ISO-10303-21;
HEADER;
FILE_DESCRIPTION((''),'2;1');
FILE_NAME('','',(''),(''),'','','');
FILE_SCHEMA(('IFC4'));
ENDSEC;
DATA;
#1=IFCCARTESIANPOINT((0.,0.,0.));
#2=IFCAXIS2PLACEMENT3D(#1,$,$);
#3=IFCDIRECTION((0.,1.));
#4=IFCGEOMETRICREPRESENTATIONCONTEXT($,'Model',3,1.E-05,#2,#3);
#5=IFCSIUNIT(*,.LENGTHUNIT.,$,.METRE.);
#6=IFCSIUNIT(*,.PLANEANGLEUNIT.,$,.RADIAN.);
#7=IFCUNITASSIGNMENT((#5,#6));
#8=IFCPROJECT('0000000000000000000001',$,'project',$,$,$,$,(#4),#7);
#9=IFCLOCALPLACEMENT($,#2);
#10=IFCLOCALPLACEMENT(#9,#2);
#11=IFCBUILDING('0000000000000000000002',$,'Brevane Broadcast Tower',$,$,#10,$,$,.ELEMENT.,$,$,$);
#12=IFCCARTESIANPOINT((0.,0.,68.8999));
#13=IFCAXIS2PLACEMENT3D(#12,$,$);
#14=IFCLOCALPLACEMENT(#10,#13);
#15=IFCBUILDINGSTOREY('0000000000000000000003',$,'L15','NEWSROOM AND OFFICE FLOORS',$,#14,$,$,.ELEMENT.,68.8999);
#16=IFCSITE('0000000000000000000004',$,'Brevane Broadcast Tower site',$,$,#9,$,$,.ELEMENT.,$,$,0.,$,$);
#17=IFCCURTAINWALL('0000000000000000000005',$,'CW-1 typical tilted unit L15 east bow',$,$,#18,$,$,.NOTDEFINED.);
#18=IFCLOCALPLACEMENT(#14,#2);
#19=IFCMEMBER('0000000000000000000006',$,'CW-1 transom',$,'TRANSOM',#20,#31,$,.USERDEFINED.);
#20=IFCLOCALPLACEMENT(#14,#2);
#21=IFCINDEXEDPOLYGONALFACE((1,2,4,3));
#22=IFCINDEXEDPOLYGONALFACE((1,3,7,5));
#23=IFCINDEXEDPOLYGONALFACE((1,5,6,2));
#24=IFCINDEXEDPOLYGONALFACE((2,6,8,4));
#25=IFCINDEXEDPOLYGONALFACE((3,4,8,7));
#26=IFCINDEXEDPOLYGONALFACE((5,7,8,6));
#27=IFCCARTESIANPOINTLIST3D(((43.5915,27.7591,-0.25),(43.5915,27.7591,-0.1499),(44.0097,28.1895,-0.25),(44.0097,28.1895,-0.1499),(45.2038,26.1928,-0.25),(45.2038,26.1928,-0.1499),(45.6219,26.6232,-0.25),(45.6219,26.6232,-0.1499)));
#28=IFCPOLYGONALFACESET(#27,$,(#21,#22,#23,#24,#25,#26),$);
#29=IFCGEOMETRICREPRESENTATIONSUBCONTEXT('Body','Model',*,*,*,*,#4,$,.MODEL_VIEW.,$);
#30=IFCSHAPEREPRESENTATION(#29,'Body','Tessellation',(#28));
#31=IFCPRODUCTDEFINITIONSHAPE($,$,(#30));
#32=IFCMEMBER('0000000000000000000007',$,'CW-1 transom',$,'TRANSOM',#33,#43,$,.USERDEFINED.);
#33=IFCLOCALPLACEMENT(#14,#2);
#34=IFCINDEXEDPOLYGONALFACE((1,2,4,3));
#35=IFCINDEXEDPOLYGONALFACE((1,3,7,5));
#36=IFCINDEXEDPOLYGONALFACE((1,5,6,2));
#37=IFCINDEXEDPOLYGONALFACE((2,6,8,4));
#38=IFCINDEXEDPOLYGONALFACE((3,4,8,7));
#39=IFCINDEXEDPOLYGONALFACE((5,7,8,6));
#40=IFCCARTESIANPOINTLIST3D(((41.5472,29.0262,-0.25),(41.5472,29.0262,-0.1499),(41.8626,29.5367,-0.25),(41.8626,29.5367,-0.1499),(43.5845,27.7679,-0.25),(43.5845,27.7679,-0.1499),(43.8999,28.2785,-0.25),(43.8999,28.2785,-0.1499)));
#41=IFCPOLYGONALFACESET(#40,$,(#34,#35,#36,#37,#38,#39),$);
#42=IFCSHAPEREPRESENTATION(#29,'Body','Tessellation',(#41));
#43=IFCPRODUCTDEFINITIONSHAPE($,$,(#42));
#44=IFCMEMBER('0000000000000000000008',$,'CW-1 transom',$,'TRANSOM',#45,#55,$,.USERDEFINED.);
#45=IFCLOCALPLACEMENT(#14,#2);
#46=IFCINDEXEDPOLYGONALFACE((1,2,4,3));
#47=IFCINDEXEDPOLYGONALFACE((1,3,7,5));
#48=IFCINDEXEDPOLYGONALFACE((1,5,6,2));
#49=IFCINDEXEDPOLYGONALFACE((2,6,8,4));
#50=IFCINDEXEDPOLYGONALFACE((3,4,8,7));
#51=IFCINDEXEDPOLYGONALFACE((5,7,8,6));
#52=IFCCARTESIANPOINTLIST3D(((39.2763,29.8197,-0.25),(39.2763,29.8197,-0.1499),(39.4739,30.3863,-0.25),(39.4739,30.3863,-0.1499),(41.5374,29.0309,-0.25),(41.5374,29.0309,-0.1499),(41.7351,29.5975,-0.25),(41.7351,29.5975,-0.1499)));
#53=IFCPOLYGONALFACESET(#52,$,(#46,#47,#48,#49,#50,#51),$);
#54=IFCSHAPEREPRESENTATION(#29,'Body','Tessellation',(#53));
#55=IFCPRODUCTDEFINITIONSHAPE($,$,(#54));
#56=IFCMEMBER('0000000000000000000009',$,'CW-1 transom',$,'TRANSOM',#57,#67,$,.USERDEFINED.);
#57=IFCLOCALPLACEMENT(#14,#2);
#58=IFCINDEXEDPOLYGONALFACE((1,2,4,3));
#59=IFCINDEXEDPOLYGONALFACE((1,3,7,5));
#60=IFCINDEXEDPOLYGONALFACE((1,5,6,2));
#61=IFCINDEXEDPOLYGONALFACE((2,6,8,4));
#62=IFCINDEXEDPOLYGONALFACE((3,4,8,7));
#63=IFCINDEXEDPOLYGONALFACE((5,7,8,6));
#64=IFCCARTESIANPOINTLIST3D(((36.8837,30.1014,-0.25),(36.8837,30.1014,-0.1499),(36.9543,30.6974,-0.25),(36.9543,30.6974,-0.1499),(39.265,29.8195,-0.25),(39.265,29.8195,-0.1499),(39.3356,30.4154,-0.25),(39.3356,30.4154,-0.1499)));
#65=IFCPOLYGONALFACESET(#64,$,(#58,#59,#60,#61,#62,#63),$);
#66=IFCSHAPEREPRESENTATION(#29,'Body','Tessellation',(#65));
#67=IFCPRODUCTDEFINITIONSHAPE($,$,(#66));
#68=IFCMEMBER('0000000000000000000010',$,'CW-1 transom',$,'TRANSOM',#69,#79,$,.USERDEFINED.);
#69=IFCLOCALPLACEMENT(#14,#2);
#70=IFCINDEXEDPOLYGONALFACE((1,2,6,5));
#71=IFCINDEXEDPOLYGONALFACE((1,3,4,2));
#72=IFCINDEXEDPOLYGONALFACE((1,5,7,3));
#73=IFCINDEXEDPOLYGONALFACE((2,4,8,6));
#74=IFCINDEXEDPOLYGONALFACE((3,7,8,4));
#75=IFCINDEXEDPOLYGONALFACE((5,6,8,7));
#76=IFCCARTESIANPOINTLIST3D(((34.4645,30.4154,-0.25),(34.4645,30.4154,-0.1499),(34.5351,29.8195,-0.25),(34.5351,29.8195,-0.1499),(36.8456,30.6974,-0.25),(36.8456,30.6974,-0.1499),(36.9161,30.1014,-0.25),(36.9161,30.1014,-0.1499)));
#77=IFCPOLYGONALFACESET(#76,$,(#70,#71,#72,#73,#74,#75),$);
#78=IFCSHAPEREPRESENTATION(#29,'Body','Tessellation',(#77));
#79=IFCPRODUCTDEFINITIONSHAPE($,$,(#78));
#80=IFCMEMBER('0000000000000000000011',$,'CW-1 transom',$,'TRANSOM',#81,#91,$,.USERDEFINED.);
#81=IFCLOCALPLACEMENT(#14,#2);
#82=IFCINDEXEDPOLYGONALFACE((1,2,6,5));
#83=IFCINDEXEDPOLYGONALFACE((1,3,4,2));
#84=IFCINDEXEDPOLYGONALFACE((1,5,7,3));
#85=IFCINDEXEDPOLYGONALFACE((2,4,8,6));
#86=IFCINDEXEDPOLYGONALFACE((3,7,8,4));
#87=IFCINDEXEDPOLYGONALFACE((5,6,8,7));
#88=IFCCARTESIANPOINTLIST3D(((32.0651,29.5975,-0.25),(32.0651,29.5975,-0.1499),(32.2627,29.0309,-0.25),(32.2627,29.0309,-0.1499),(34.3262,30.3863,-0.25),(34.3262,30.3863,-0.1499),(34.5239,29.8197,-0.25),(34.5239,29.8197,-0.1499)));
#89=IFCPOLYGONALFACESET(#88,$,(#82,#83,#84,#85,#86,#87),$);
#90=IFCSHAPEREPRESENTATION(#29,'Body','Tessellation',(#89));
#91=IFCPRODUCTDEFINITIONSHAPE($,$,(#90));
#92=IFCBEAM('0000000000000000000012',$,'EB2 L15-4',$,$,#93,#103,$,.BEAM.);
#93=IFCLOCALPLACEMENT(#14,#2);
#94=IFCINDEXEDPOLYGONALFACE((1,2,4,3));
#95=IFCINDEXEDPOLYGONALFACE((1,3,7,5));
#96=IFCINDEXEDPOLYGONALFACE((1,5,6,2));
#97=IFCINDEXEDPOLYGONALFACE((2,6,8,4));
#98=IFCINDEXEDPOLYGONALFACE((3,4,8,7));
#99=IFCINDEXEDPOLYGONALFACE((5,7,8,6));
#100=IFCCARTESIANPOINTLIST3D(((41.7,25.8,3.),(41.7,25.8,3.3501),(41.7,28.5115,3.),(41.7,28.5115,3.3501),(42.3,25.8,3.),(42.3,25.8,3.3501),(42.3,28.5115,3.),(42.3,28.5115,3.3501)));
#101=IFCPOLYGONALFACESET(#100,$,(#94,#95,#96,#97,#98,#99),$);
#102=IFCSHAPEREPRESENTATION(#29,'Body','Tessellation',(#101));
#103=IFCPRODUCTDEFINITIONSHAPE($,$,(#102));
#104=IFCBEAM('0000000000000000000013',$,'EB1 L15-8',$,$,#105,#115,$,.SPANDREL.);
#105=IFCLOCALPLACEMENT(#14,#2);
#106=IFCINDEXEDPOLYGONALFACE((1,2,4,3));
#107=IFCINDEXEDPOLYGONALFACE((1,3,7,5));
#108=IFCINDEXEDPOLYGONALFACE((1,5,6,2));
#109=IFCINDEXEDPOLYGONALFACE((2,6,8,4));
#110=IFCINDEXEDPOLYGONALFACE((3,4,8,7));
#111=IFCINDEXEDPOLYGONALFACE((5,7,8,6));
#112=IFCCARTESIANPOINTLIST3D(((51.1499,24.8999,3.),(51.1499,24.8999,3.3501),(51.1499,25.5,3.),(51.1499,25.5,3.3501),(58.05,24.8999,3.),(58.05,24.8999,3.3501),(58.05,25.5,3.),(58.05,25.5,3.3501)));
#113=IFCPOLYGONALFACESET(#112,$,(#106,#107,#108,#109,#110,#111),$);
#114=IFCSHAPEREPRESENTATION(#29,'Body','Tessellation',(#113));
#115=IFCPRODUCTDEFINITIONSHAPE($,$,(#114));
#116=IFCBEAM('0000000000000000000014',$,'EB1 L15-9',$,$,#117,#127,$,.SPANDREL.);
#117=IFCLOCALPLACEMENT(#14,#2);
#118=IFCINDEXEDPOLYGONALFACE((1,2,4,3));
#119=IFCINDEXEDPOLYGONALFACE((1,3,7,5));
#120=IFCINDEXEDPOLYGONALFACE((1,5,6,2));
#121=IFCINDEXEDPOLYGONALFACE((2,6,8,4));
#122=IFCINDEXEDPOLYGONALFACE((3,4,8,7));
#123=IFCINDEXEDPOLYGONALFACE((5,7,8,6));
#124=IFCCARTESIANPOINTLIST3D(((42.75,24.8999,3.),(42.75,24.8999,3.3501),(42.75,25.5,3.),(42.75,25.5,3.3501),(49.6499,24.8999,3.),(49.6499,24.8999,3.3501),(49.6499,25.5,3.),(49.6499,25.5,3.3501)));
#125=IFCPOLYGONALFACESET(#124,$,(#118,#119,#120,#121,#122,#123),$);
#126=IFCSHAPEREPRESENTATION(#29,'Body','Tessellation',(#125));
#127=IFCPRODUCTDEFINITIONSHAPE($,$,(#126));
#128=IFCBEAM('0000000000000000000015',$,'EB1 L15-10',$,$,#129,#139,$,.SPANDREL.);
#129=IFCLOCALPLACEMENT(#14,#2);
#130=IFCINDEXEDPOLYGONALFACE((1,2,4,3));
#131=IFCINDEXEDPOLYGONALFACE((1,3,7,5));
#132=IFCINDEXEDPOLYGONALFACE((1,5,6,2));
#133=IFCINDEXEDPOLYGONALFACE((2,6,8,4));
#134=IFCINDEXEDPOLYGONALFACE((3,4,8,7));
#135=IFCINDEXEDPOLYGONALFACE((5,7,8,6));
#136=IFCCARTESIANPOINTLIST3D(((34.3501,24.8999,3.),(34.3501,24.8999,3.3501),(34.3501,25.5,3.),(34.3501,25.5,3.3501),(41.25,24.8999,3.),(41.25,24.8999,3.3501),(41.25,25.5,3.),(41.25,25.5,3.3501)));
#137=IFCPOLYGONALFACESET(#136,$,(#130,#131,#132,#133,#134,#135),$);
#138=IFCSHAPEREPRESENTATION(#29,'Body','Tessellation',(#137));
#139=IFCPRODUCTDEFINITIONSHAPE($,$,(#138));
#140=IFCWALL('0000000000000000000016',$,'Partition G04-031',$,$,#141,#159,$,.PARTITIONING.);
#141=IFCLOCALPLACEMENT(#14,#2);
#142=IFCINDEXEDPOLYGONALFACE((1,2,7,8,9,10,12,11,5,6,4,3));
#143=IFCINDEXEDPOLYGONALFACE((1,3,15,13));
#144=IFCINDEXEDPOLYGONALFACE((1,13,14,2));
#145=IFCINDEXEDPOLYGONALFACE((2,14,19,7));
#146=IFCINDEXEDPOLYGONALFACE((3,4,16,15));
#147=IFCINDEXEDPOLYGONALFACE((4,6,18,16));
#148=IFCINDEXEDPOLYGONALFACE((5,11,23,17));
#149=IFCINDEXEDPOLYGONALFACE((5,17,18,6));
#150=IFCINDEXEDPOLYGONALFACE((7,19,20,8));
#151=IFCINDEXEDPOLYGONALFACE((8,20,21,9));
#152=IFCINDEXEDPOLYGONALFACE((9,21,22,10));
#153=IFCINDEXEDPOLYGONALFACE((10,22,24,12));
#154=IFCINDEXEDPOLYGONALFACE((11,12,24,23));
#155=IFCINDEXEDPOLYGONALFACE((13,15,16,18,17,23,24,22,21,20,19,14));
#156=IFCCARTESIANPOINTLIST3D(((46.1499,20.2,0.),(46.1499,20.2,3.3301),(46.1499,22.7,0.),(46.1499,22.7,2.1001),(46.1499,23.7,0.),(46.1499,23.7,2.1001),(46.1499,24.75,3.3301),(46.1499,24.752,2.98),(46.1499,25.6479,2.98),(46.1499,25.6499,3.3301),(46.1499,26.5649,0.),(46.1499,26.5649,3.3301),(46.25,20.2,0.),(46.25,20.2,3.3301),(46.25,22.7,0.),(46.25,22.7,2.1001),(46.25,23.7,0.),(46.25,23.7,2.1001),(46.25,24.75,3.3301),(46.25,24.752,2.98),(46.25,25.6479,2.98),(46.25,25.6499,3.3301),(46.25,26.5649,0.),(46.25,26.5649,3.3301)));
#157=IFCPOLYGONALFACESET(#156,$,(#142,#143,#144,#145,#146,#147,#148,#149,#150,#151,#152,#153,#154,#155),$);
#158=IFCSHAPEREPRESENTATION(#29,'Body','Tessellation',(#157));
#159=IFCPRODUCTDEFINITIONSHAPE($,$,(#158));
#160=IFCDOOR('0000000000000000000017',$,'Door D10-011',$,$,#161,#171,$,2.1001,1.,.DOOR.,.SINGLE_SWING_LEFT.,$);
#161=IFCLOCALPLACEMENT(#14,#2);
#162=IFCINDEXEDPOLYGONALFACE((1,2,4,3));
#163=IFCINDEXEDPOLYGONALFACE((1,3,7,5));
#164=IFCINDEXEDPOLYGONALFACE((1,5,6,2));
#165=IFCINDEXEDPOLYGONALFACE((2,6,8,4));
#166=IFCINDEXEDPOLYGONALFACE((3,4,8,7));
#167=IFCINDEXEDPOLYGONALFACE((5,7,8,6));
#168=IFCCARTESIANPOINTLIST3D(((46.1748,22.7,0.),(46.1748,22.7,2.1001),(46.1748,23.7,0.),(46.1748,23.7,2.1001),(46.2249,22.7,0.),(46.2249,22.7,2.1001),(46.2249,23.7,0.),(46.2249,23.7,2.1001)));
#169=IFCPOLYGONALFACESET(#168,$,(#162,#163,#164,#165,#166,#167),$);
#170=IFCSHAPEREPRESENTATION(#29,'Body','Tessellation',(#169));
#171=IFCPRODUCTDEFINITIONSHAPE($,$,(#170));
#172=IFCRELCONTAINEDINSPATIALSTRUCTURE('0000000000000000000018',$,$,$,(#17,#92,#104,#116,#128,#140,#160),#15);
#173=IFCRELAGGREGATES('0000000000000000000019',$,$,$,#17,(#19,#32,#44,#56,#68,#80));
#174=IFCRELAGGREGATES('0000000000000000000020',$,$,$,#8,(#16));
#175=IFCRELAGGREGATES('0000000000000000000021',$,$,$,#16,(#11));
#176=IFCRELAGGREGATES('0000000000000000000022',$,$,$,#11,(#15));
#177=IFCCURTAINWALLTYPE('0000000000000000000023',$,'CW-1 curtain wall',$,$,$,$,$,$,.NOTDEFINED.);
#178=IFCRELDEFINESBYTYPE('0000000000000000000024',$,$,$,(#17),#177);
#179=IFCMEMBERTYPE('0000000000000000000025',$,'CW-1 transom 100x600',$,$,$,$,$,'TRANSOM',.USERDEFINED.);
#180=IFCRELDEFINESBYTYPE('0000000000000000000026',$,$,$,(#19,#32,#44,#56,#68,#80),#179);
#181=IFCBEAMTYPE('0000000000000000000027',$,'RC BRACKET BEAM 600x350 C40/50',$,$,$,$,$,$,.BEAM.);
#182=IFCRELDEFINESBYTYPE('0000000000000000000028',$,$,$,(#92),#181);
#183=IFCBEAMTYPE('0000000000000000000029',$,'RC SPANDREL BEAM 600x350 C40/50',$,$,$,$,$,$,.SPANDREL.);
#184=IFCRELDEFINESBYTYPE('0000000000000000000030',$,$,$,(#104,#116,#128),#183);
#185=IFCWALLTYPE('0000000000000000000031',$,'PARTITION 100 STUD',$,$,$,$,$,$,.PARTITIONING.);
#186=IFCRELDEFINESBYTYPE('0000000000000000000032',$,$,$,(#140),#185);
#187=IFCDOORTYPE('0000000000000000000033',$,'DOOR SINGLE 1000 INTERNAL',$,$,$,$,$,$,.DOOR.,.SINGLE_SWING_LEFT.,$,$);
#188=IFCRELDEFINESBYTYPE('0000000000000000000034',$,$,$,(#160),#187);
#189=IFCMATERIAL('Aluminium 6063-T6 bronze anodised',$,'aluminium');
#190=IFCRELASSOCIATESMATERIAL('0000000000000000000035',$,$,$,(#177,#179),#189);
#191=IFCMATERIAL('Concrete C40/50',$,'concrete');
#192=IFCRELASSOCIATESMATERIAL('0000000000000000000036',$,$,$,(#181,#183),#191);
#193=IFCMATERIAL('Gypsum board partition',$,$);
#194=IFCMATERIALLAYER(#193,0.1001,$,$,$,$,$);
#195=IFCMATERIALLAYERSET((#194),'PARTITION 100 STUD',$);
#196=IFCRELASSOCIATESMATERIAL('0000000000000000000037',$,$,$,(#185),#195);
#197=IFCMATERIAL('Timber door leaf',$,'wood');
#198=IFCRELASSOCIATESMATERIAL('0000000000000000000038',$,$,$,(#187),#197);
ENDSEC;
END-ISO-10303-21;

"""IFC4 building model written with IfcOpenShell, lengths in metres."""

from ifc_helpers import new_model, si_unit, direction, frame, frame_2d, origin, origin_2d, place, context, subcontext, project, spatial, polyline, rectangle, outline, extrude, material, layer, layer_set, material_profile, profile_set, type_object, element, fill, aggregate, save


model = new_model("IFC4")

# Units and contexts
model_context = context("Model", 3, precision=1e-05, world=origin(), true_north=direction((0.0, 1.0)))
body_context = subcontext(model_context, "Body", "Model", "MODEL_VIEW")
ifc_project = project(units=[si_unit("LENGTHUNIT", "METRE"), si_unit("PLANEANGLEUNIT", "RADIAN")], contexts=[model_context])

# Site, building, storey
site_placement = place(None, origin())
site = spatial("IfcSite", under=ifc_project, at=site_placement, Name="Brevane Broadcast Tower site", CompositionType="ELEMENT", RefElevation=0.0)
building_placement = place(site_placement, origin())
building = spatial("IfcBuilding", under=site, at=building_placement, Name="Brevane Broadcast Tower", CompositionType="ELEMENT")
storey_placement = place(building_placement, frame((0.0, 0.0, 68.8999)))
storey = spatial("IfcBuildingStorey", under=building, at=storey_placement, Name="L15", Description="NEWSROOM AND OFFICE FLOORS", CompositionType="ELEMENT", Elevation=68.8999)

# Shared definitions
ifc_material_1 = material(Name="Aluminium 6063-T6 bronze anodised", Category="aluminium")
curtain_wall_type = type_object("IfcCurtainWallType", Name="CW-1 curtain wall", PredefinedType="NOTDEFINED", material=ifc_material_1)

# Curtain wall
curtain_wall_1_placement = place(storey_placement, origin())
curtain_wall_1 = element("IfcCurtainWall", 1, at=curtain_wall_1_placement, inside=storey, type_object=curtain_wall_type, Name="CW-1 typical tilted unit L15 east bow", PredefinedType="NOTDEFINED")

# Members
ifc_material_profile_1 = material_profile(ifc_material_1, rectangle(XDim=0.6001, YDim=0.1001, at=origin_2d()), Name="RECT 100x600")
ifc_profile_set_1 = profile_set([ifc_material_profile_1], Name="Aluminium 6063-T6 bronze anodised")
member_type_1 = type_object("IfcMemberType", Name="CW-1 transom 100x600", ElementType="TRANSOM", PredefinedType="USERDEFINED", material=ifc_profile_set_1)
member_1_placement = place(storey_placement, frame((45.4128, 26.408, -0.2), z_axis=(-0.717242, 0.696824, 0.0), x_axis=(-0.696824, -0.717242, 0.0)))
member_1 = element("IfcMember", 2, at=member_1_placement, type_object=member_type_1, Name="CW-1 transom", ObjectType="TRANSOM", PredefinedType="USERDEFINED", context=body_context, shape_type="SweptSolid", body=[
    extrude(rectangle(XDim=0.6001, YDim=0.1001, at=origin_2d()), origin(), (0.0, 0.0, 1.0), 2.2478),
])
member_2_placement = place(storey_placement, frame((43.7422, 28.0232, -0.2), z_axis=(-0.85081, 0.525473, 0.0), x_axis=(-0.525473, -0.85081, 0.0)))
member_2 = element("IfcMember", 3, at=member_2_placement, type_object=member_type_1, Name="CW-1 transom", ObjectType="TRANSOM", PredefinedType="USERDEFINED", context=body_context, shape_type="SweptSolid", body=[
    extrude(rectangle(XDim=0.6001, YDim=0.1001, at=origin_2d()), origin(), (0.0, 0.0, 1.0), 2.3945),
])
member_3_placement = place(storey_placement, frame((41.6362, 29.3142, -0.2), z_axis=(-0.944198, 0.329378, 0.0), x_axis=(-0.329378, -0.944198, 0.0)))
member_3 = element("IfcMember", 4, at=member_3_placement, type_object=member_type_1, Name="CW-1 transom", ObjectType="TRANSOM", PredefinedType="USERDEFINED", context=body_context, shape_type="SweptSolid", body=[
    extrude(rectangle(XDim=0.6001, YDim=0.1001, at=origin_2d()), origin(), (0.0, 0.0, 1.0), 2.3948),
])
member_4_placement = place(storey_placement, frame((39.3003, 30.1174, -0.2), z_axis=(-0.993062, 0.117591, 0.0), x_axis=(-0.117591, -0.993062, 0.0)))
member_4 = element("IfcMember", 5, at=member_4_placement, type_object=member_type_1, Name="CW-1 transom", ObjectType="TRANSOM", PredefinedType="USERDEFINED", context=body_context, shape_type="SweptSolid", body=[
    extrude(rectangle(XDim=0.6001, YDim=0.1001, at=origin_2d()), origin(), (0.0, 0.0, 1.0), 2.3979),
])
member_5_placement = place(storey_placement, frame((36.8809, 30.3994, -0.2), z_axis=(-0.993061, -0.117603, 0.0), x_axis=(0.117603, -0.993061, 0.0)))
member_5 = element("IfcMember", 6, at=member_5_placement, type_object=member_type_1, Name="CW-1 transom", ObjectType="TRANSOM", PredefinedType="USERDEFINED", context=body_context, shape_type="SweptSolid", body=[
    extrude(rectangle(XDim=0.6001, YDim=0.1001, at=origin_2d()), origin(), (0.0, 0.0, 1.0), 2.3977),
])
member_6_placement = place(storey_placement, frame((34.425, 30.103, -0.2), z_axis=(-0.944198, -0.329378, 0.0), x_axis=(0.329378, -0.944198, 0.0)))
member_6 = element("IfcMember", 7, at=member_6_placement, type_object=member_type_1, Name="CW-1 transom", ObjectType="TRANSOM", PredefinedType="USERDEFINED", context=body_context, shape_type="SweptSolid", body=[
    extrude(rectangle(XDim=0.6001, YDim=0.1001, at=origin_2d()), origin(), (0.0, 0.0, 1.0), 2.3948),
])
aggregate(curtain_wall_1, [member_1, member_2, member_3, member_4, member_5, member_6])

# Beams
ifc_material_2 = material(Name="Concrete C40/50", Category="concrete")
ifc_material_profile_2 = material_profile(ifc_material_2, rectangle(XDim=0.6001, YDim=0.3501, at=origin_2d()), Name="RC 600x350")
ifc_profile_set_2 = profile_set([ifc_material_profile_2], Name="Concrete C40/50")
beam_type_1 = type_object("IfcBeamType", Name="RC BRACKET BEAM 600x350 C40/50", PredefinedType="BEAM", material=ifc_profile_set_2)
beam_1_placement = place(storey_placement, frame((42.0, 25.8, 3.175), z_axis=(0.0, 1.0, 0.0), x_axis=(-1.0, 0.0, 0.0)))
element("IfcBeam", 8, at=beam_1_placement, inside=storey, type_object=beam_type_1, Name="EB2 L15-4", PredefinedType="BEAM", context=body_context, shape_type="SweptSolid", body=[
    extrude(rectangle(XDim=0.6001, YDim=0.3501, at=origin_2d()), origin(), (0.0, 0.0, 1.0), 2.7114),
])
ifc_material_profile_3 = material_profile(ifc_material_2, rectangle(XDim=0.6001, YDim=0.3501, at=origin_2d()), Name="RC 600x350")
ifc_profile_set_3 = profile_set([ifc_material_profile_3], Name="Concrete C40/50")
beam_type_2 = type_object("IfcBeamType", Name="RC SPANDREL BEAM 600x350 C40/50", PredefinedType="SPANDREL", material=ifc_profile_set_3)
beam_2_placement = place(storey_placement, frame((58.05, 25.2, 3.175), z_axis=(-1.0, 0.0, 0.0), x_axis=(0.0, -1.0, 0.0)))
element("IfcBeam", 9, at=beam_2_placement, inside=storey, type_object=beam_type_2, Name="EB1 L15-8", PredefinedType="SPANDREL", context=body_context, shape_type="SweptSolid", body=[
    extrude(rectangle(XDim=0.6001, YDim=0.3501, at=origin_2d()), origin(), (0.0, 0.0, 1.0), 6.9001),
])
for number, where, z_axis, x_axis, name in (
    (10, (49.6499, 25.2, 3.175), (-1.0, 0.0, 0.0), (0.0, -1.0, 0.0), "EB1 L15-9"),
    (11, (41.25, 25.2, 3.175), (-1.0, 0.0, 0.0), (0.0, -1.0, 0.0), "EB1 L15-10"),
):
    element("IfcBeam", number, at=place(storey_placement, frame(where, z_axis=z_axis, x_axis=x_axis)), inside=storey, type_object=beam_type_2, Name=name, PredefinedType="SPANDREL", context=body_context, shape_type="SweptSolid", body=[
        extrude(rectangle(XDim=0.6001, YDim=0.3501, at=origin_2d()), origin(), (0.0, 0.0, 1.0), 6.8999),
    ])

# Wall, opening, door
ifc_material_3 = material(Name="Gypsum board partition")
ifc_layer_1 = layer(ifc_material_3, 0.1001)
ifc_layer_set_1 = layer_set([ifc_layer_1], Name="PARTITION 100 STUD")
wall_type_1 = type_object("IfcWallType", Name="PARTITION 100 STUD", PredefinedType="PARTITIONING", material=ifc_layer_set_1)
wall_1_placement = place(storey_placement, frame((46.2, 26.5649, 0.0), z_axis=(0.0, 0.0, 1.0), x_axis=(0.0, -1.0, 0.0)))
wall_1 = element("IfcWall", 12, at=wall_1_placement, inside=storey, type_object=wall_type_1, Name="Partition G04-031", PredefinedType="PARTITIONING", context=body_context, shape_type="SweptSolid", body=[
    extrude(outline(polyline([(0.0, 0.0), (6.365, 0.0), (6.365, 3.3301), (1.8149, 3.3301), (1.813, 2.98), (0.917, 2.98), (0.915, 3.3301), (0.2649, 3.3301), (0.0, 3.3301), (0.0, 0.0)])), frame((0.0, 0.05, 0.0), z_axis=(0.0, -1.0, 0.0), x_axis=(1.0, 0.0, 0.0)), (0.0, 0.0, 1.0), 0.1001),
])
opening_placement = place(wall_1_placement, frame((2.865, 0.0, 0.0)))
opening = element("IfcOpeningElement", 13, at=opening_placement, cuts=wall_1, PredefinedType="OPENING", context=body_context, shape_type="SweptSolid", body=[
    extrude(rectangle(XDim=1.0, YDim=2.1001, at=frame_2d((0.5, 1.05))), frame((0.0, 0.0601, 0.0), z_axis=(0.0, -1.0, 0.0), x_axis=(1.0, 0.0, 0.0)), (0.0, 0.0, 1.0), 0.1201),
])
ifc_material_4 = material(Name="Timber door leaf", Category="wood")
door_type = type_object("IfcDoorType", Name="DOOR SINGLE 1000 INTERNAL", OperationType="SINGLE_SWING_LEFT", PredefinedType="DOOR", material=ifc_material_4)
door_placement = place(opening_placement, origin())
door = element("IfcDoor", 14, at=door_placement, inside=storey, type_object=door_type, Name="Door D10-011", OperationType="SINGLE_SWING_LEFT", OverallHeight=2.1001, OverallWidth=1.0, PredefinedType="DOOR", context=body_context, shape_type="SweptSolid", body=[
    extrude(rectangle(XDim=1.0, YDim=2.1001, at=frame_2d((0.5, 1.05))), frame((0.0, 0.0249, 0.0), z_axis=(0.0, -1.0, 0.0), x_axis=(1.0, 0.0, 0.0)), (0.0, 0.0, 1.0), 0.05),
])
fill(opening, door)

save(model, "model.ifc")
